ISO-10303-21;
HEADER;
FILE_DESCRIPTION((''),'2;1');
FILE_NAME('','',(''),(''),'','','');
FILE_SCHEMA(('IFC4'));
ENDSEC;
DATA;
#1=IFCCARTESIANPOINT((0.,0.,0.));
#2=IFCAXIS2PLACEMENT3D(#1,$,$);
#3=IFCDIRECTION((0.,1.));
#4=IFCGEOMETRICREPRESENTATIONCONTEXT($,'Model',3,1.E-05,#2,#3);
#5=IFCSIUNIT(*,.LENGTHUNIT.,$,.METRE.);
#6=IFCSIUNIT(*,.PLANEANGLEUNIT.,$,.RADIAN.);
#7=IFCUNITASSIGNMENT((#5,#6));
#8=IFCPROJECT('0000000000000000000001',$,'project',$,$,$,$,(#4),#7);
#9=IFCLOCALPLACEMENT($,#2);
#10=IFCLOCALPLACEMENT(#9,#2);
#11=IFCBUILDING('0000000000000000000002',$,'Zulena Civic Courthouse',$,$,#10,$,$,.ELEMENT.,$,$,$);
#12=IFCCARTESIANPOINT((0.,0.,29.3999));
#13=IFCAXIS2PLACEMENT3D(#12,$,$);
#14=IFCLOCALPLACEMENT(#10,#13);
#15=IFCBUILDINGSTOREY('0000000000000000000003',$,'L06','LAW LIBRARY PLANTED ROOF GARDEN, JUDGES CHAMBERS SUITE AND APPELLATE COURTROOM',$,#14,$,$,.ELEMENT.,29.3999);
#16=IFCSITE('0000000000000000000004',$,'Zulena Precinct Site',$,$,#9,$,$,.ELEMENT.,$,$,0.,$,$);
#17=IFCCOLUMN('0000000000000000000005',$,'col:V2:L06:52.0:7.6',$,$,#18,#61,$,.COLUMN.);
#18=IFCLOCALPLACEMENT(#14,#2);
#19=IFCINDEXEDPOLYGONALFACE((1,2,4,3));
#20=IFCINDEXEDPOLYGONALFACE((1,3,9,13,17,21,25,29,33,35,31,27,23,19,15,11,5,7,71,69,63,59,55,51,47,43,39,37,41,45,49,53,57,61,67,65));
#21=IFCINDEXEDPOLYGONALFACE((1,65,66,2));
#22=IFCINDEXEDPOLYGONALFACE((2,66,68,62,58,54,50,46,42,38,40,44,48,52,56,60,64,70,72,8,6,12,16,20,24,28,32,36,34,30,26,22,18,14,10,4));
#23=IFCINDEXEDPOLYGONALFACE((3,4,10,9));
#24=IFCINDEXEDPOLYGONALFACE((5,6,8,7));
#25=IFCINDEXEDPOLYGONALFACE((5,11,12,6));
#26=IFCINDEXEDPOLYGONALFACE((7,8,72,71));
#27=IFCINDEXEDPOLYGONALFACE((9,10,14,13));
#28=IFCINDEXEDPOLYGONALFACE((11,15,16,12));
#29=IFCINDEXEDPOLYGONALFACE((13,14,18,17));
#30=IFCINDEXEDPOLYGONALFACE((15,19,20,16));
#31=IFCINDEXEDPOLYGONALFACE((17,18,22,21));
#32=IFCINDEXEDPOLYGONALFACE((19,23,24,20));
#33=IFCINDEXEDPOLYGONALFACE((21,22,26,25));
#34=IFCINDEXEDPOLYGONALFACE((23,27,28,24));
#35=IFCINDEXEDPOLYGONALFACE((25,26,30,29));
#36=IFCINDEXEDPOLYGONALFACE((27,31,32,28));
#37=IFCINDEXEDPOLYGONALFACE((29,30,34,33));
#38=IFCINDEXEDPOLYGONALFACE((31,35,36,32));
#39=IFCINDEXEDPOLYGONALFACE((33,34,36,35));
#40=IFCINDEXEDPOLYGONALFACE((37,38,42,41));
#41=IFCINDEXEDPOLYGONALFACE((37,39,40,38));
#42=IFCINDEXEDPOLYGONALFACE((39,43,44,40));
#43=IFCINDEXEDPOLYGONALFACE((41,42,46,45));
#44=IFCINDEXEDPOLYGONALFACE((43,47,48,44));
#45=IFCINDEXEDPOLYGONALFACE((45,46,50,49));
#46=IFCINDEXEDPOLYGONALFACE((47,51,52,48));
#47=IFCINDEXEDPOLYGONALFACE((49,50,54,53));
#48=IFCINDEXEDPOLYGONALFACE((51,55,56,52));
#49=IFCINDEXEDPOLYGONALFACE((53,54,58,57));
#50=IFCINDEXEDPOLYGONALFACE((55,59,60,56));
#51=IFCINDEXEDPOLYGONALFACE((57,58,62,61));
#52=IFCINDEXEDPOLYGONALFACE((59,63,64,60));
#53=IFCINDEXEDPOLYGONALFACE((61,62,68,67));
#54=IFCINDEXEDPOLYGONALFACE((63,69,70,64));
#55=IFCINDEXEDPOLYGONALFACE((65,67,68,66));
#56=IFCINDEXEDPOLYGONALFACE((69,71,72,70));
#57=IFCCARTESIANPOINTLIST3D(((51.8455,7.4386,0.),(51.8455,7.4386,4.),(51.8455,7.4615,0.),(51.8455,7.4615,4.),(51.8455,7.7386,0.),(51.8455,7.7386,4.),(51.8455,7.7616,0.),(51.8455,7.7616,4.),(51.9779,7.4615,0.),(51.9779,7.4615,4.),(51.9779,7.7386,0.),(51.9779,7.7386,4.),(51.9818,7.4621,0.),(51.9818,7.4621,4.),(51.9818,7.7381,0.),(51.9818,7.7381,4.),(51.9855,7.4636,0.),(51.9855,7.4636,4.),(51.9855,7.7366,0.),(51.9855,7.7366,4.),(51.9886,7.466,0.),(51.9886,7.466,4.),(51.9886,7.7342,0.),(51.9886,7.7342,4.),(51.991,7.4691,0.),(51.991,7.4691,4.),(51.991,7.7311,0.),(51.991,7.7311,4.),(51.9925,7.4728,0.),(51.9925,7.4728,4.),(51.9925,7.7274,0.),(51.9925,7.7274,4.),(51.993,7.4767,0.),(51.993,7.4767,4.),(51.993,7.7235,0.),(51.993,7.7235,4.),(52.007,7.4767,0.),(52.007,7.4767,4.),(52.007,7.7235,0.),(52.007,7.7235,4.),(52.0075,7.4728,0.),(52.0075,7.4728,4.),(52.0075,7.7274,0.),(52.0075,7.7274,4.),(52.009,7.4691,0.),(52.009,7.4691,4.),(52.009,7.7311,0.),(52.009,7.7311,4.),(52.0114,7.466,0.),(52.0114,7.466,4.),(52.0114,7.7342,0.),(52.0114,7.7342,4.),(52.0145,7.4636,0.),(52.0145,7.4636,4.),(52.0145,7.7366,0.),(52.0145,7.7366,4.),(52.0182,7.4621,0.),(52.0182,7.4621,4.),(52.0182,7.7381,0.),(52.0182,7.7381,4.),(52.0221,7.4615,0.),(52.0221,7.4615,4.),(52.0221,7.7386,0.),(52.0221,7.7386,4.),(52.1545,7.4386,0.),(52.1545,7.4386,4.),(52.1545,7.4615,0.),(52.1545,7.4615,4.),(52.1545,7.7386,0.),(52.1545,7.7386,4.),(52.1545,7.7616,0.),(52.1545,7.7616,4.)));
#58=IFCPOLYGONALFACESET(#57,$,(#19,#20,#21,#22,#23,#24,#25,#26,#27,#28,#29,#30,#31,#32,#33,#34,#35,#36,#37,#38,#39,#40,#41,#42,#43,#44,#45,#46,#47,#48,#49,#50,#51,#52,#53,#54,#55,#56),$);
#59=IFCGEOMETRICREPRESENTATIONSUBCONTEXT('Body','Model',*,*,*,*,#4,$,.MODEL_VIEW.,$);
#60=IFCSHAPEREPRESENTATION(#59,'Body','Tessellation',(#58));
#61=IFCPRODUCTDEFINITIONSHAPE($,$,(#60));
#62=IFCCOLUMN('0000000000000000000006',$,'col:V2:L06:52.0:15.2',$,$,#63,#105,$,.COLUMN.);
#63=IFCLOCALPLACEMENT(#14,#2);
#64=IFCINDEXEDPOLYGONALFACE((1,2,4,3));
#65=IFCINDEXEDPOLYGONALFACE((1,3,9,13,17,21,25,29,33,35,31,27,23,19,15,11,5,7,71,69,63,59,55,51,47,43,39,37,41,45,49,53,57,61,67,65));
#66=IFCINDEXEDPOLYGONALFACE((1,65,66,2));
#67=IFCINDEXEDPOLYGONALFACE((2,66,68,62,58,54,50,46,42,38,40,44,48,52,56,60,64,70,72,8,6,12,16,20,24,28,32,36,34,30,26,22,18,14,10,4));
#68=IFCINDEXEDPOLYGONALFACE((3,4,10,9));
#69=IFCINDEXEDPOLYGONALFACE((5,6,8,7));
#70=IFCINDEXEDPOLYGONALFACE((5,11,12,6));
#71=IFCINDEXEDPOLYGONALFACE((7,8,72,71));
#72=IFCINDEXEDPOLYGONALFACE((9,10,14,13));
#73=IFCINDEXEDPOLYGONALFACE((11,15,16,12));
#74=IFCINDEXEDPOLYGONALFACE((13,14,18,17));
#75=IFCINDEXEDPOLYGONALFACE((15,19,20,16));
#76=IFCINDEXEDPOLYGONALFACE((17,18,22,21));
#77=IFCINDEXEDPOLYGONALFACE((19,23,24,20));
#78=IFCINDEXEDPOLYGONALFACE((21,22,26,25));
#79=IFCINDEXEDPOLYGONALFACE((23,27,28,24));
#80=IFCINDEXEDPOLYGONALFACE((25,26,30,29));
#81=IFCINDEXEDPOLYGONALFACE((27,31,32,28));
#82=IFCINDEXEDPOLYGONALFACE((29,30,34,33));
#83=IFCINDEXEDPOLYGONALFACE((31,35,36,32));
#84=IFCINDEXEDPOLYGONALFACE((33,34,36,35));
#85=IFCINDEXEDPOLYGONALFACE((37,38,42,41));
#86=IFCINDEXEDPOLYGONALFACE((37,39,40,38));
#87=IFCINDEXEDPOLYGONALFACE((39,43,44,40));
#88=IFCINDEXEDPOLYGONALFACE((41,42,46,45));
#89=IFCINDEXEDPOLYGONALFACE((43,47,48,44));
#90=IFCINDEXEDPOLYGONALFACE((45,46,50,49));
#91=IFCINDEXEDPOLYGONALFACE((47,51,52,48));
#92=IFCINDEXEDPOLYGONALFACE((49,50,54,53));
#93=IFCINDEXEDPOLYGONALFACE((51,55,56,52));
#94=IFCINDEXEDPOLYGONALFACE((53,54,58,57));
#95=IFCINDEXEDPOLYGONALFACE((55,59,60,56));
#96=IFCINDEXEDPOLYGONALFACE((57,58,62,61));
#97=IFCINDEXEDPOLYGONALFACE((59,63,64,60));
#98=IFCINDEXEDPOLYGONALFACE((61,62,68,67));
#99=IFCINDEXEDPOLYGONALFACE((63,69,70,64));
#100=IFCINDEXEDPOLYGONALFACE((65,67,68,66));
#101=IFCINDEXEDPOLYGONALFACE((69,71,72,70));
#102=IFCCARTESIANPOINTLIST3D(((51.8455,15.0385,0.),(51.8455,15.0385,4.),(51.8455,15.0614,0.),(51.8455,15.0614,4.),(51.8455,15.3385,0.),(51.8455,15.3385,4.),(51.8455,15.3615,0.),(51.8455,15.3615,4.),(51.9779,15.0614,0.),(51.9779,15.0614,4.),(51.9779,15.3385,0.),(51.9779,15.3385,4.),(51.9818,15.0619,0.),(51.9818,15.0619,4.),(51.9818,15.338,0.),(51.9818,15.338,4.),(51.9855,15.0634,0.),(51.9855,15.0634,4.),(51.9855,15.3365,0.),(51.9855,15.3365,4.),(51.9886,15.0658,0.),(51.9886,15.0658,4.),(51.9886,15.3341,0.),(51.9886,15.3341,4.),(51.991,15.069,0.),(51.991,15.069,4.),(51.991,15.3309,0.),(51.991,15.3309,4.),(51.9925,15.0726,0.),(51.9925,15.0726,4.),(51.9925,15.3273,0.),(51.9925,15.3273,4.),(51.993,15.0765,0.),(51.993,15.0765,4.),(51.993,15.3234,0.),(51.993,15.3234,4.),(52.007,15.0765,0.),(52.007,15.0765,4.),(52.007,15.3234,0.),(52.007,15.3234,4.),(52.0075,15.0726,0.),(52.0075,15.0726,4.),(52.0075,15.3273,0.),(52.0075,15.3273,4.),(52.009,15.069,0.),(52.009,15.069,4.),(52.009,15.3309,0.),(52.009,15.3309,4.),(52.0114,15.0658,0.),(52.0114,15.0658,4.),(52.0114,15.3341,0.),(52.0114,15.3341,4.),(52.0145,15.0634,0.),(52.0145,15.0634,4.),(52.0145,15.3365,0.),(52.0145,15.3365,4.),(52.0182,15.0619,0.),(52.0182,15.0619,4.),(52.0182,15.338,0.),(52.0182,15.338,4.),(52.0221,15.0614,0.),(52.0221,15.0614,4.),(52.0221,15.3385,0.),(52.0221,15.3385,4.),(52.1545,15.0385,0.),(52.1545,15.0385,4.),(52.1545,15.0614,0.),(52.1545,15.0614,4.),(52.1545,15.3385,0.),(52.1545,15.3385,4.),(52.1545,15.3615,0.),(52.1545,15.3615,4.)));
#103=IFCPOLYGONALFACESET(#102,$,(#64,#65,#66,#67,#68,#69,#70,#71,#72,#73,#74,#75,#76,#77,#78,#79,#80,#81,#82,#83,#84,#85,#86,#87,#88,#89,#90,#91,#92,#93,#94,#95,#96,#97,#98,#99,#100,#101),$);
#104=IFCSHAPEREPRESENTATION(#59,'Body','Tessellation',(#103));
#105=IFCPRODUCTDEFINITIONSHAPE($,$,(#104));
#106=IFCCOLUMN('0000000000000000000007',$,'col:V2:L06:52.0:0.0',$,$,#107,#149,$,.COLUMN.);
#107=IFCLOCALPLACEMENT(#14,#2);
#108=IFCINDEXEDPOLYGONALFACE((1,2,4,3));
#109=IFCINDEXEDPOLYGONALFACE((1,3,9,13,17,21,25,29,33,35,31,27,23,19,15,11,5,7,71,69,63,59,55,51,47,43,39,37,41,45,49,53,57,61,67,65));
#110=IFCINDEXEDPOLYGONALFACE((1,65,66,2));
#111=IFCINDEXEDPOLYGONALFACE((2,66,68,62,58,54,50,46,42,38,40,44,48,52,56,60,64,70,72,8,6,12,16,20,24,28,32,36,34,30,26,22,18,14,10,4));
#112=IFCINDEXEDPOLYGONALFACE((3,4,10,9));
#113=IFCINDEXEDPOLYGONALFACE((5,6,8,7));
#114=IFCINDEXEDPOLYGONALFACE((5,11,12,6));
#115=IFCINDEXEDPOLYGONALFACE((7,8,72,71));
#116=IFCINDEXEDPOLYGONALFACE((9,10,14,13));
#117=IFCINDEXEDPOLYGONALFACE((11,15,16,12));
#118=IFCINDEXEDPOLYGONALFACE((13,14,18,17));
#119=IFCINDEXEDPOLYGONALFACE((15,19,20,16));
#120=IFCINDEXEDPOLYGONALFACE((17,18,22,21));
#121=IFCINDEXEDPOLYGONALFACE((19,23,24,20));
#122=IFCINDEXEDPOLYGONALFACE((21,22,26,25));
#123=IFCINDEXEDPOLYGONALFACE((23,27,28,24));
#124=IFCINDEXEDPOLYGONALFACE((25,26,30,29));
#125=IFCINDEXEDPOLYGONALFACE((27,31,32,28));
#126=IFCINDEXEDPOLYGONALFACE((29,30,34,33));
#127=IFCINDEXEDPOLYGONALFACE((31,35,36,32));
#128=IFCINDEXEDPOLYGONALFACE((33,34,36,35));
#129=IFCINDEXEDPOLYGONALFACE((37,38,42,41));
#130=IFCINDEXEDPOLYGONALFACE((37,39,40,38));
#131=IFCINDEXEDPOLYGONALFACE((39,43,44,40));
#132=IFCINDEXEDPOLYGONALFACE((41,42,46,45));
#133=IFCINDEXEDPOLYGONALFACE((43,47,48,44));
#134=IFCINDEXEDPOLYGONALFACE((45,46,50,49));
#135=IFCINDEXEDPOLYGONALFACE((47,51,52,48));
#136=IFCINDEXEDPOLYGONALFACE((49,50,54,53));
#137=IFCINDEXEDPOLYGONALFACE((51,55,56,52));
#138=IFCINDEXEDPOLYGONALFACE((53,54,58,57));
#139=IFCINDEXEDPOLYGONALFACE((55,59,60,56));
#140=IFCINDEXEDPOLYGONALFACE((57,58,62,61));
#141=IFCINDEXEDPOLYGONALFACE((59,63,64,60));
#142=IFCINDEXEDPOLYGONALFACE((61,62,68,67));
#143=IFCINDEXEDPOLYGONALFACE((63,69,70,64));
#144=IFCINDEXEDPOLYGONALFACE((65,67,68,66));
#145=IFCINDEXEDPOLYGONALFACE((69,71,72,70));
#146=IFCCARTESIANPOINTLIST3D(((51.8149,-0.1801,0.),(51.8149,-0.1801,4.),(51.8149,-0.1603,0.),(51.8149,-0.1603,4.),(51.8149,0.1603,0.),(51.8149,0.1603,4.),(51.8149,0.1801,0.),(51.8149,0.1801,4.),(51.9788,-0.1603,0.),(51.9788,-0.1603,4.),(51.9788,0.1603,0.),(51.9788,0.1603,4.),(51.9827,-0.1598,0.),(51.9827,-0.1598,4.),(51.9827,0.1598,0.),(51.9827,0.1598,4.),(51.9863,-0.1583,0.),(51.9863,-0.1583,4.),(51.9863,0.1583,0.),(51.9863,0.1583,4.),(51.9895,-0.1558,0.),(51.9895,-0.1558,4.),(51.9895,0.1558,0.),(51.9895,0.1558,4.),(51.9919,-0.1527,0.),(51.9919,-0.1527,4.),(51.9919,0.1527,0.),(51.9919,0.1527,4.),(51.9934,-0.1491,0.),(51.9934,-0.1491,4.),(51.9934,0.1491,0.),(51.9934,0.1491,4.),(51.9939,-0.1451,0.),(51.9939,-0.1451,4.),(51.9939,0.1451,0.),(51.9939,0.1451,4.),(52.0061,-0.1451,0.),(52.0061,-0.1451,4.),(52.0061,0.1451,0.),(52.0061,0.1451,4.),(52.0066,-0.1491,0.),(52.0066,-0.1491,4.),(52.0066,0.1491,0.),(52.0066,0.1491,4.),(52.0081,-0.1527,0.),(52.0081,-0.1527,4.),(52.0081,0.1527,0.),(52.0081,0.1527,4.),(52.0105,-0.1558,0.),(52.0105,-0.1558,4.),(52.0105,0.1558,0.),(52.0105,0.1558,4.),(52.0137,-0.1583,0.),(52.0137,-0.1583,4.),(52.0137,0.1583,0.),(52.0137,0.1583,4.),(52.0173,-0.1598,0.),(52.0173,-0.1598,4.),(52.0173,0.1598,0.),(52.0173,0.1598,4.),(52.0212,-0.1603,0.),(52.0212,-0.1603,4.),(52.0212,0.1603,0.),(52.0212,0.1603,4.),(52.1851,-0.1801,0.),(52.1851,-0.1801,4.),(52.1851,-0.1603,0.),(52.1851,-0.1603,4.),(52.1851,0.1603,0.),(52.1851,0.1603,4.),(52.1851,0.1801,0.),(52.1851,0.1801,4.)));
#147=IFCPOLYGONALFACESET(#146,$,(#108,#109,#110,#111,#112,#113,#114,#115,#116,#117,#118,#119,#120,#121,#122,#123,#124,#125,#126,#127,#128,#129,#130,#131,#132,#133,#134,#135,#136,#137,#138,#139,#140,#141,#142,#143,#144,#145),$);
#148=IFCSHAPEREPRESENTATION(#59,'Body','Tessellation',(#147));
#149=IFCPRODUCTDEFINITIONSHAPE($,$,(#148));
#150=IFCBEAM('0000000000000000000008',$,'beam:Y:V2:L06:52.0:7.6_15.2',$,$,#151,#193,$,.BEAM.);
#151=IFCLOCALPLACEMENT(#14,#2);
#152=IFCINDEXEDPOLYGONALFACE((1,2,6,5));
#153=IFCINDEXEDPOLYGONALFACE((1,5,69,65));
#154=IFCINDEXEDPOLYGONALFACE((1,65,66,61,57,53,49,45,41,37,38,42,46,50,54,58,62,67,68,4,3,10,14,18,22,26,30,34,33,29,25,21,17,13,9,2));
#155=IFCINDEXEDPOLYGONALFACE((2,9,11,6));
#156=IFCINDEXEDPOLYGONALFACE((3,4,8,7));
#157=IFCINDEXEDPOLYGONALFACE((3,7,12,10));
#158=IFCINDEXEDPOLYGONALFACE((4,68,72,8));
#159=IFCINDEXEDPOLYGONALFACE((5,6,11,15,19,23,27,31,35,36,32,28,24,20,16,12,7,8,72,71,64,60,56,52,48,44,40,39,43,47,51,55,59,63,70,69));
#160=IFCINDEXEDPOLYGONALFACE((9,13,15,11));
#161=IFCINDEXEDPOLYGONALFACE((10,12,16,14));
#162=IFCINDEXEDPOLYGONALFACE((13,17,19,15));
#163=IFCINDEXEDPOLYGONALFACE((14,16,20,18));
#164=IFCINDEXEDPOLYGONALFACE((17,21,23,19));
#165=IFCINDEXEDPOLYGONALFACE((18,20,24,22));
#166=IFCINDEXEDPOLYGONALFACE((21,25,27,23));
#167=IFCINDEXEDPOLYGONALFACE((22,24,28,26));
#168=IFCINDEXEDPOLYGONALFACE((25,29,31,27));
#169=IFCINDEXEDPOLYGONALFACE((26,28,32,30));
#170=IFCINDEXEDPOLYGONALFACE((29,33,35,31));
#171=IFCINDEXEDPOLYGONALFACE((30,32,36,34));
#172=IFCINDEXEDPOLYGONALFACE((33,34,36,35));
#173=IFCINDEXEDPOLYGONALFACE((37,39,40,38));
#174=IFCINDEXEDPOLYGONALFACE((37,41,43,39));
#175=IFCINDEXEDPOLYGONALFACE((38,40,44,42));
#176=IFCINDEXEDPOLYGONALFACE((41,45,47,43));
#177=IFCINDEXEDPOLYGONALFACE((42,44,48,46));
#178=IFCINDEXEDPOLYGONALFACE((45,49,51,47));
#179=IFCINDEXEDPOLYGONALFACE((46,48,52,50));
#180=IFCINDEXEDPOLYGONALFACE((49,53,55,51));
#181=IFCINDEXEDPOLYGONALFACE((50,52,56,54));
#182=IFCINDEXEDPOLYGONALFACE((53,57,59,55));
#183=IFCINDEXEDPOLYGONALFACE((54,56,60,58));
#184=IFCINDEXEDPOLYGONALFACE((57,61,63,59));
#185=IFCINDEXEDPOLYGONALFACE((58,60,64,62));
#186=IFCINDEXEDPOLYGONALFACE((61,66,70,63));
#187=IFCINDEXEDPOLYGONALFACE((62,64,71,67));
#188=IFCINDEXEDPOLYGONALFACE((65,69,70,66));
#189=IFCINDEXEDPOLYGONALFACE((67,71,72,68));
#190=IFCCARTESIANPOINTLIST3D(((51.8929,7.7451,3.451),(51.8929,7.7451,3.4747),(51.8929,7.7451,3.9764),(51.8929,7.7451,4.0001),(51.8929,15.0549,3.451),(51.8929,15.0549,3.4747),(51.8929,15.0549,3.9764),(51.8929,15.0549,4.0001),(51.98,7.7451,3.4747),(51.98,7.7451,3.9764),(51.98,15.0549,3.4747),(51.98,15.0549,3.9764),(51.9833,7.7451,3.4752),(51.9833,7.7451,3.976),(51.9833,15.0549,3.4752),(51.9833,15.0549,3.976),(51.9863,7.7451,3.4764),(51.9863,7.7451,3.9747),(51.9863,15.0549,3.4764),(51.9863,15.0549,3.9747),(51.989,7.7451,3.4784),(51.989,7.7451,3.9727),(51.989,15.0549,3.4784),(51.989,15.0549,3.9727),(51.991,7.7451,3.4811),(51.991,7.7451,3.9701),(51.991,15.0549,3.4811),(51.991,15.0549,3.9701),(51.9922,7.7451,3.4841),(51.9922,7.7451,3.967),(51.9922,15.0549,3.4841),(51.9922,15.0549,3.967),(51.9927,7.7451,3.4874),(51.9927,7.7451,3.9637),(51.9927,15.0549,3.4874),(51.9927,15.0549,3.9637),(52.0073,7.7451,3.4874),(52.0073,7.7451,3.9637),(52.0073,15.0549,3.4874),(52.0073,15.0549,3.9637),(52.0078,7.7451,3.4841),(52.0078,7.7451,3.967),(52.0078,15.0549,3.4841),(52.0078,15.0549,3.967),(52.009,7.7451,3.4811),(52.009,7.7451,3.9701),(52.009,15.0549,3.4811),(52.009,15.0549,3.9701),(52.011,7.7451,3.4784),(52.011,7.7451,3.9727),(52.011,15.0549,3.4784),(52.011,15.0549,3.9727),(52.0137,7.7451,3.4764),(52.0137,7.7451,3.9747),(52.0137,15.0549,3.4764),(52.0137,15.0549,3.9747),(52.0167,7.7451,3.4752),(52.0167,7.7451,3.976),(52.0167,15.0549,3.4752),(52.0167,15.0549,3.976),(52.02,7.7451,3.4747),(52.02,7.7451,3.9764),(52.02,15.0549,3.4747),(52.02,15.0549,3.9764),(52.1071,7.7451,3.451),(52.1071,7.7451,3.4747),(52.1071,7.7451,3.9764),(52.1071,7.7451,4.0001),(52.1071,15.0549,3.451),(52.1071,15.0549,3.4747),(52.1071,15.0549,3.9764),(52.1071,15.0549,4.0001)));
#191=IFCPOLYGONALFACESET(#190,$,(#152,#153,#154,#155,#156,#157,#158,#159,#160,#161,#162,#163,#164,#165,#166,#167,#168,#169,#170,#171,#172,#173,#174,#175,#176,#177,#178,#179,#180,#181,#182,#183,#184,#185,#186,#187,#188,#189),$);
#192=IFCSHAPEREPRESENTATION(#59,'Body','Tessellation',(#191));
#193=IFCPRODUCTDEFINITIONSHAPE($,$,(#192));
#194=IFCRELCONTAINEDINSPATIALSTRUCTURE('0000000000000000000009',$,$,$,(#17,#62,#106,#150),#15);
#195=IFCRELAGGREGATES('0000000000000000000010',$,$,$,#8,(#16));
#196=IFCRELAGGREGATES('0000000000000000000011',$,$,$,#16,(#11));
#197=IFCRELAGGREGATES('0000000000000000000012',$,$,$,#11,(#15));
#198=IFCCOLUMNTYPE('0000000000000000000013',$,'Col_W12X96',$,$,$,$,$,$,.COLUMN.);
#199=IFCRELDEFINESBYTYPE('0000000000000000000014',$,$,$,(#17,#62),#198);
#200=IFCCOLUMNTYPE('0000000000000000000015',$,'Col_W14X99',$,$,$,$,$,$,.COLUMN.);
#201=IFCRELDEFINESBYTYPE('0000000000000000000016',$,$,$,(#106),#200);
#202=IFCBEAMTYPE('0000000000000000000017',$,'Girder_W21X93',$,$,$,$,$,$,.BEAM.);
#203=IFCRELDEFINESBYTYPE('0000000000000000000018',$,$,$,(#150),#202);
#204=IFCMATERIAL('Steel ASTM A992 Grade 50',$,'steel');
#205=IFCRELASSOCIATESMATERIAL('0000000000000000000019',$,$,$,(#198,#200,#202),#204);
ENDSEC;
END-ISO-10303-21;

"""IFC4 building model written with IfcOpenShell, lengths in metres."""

from ifc_helpers import new_model, si_unit, direction, frame, origin, origin_2d, place, context, subcontext, project, spatial, i_section, extrude, material, material_profile, profile_set, type_object, element, save


model = new_model("IFC4")

# Units and contexts
model_context = context("Model", 3, precision=1e-05, world=origin(), true_north=direction((0.0, 1.0)))
body_context = subcontext(model_context, "Body", "Model", "MODEL_VIEW")
ifc_project = project(units=[si_unit("LENGTHUNIT", "METRE"), si_unit("PLANEANGLEUNIT", "RADIAN")], contexts=[model_context])

# Site, building, storey
site_placement = place(None, origin())
site = spatial("IfcSite", under=ifc_project, at=site_placement, Name="Zulena Precinct Site", CompositionType="ELEMENT", RefElevation=0.0)
building_placement = place(site_placement, origin())
building = spatial("IfcBuilding", under=site, at=building_placement, Name="Zulena Civic Courthouse", CompositionType="ELEMENT")
storey_placement = place(building_placement, frame((0.0, 0.0, 29.3999)))
storey = spatial("IfcBuildingStorey", under=building, at=storey_placement, Name="L06", Description="LAW LIBRARY PLANTED ROOF GARDEN, JUDGES CHAMBERS SUITE AND APPELLATE COURTROOM", CompositionType="ELEMENT", Elevation=29.3999)

# Columns
ifc_material_1 = material(Name="Steel ASTM A992 Grade 50", Category="steel")
ifc_material_profile_1 = material_profile(ifc_material_1, i_section(OverallWidth=0.3091, OverallDepth=0.323, WebThickness=0.0139, FlangeThickness=0.0229, FilletRadius=0.0151, at=origin_2d()), Name="W12X96")
ifc_profile_set_1 = profile_set([ifc_material_profile_1], Name="Steel ASTM A992 Grade 50")
column_type_1 = type_object("IfcColumnType", Name="Col_W12X96", PredefinedType="COLUMN", material=ifc_profile_set_1)
for number, where, z_axis, x_axis, name in (
    (1, (52.0, 7.6001, 0.0), (0.0, 0.0, 1.0), (1.0, 0.0, 0.0), "col:V2:L06:52.0:7.6"),
    (2, (52.0, 15.2, 0.0), (0.0, 0.0, 1.0), (1.0, 0.0, 0.0), "col:V2:L06:52.0:15.2"),
):
    element("IfcColumn", number, at=place(storey_placement, frame(where, z_axis=z_axis, x_axis=x_axis)), inside=storey, type_object=column_type_1, Name=name, PredefinedType="COLUMN", context=body_context, shape_type="SweptSolid", body=[
        extrude(i_section(OverallWidth=0.3091, OverallDepth=0.323, WebThickness=0.0139, FlangeThickness=0.0229, FilletRadius=0.0151, at=origin_2d()), origin(), (0.0, 0.0, 1.0), 4.0),
    ])
ifc_material_profile_2 = material_profile(ifc_material_1, i_section(OverallWidth=0.3701, OverallDepth=0.3601, WebThickness=0.0122, FlangeThickness=0.0198, FilletRadius=0.0151, at=origin_2d()), Name="W14X99")
ifc_profile_set_2 = profile_set([ifc_material_profile_2], Name="Steel ASTM A992 Grade 50")
column_type_2 = type_object("IfcColumnType", Name="Col_W14X99", PredefinedType="COLUMN", material=ifc_profile_set_2)
column_placement = place(storey_placement, frame((52.0, 0.0, 0.0), z_axis=(0.0, 0.0, 1.0), x_axis=(1.0, 0.0, 0.0)))
element("IfcColumn", 3, at=column_placement, inside=storey, type_object=column_type_2, Name="col:V2:L06:52.0:0.0", PredefinedType="COLUMN", context=body_context, shape_type="SweptSolid", body=[
    extrude(i_section(OverallWidth=0.3701, OverallDepth=0.3601, WebThickness=0.0122, FlangeThickness=0.0198, FilletRadius=0.0151, at=origin_2d()), origin(), (0.0, 0.0, 1.0), 4.0),
])

# Beam
ifc_material_profile_3 = material_profile(ifc_material_1, i_section(OverallWidth=0.2141, OverallDepth=0.5491, WebThickness=0.0146, FlangeThickness=0.0237, FilletRadius=0.0127, at=origin_2d()), Name="W21X93")
ifc_profile_set_3 = profile_set([ifc_material_profile_3], Name="Steel ASTM A992 Grade 50")
beam_type_1 = type_object("IfcBeamType", Name="Girder_W21X93", PredefinedType="BEAM", material=ifc_profile_set_3)
beam_1_placement = place(storey_placement, frame((52.0, 7.7451, 3.7256), z_axis=(0.0, 1.0, 0.0), x_axis=(-1.0, 0.0, 0.0)))
element("IfcBeam", 4, at=beam_1_placement, inside=storey, type_object=beam_type_1, Name="beam:Y:V2:L06:52.0:7.6_15.2", PredefinedType="BEAM", context=body_context, shape_type="SweptSolid", body=[
    extrude(i_section(OverallWidth=0.2141, OverallDepth=0.5491, WebThickness=0.0146, FlangeThickness=0.0237, FilletRadius=0.0127, at=origin_2d()), origin(), (0.0, 0.0, 1.0), 7.3098),
])

save(model, "model.ifc")
